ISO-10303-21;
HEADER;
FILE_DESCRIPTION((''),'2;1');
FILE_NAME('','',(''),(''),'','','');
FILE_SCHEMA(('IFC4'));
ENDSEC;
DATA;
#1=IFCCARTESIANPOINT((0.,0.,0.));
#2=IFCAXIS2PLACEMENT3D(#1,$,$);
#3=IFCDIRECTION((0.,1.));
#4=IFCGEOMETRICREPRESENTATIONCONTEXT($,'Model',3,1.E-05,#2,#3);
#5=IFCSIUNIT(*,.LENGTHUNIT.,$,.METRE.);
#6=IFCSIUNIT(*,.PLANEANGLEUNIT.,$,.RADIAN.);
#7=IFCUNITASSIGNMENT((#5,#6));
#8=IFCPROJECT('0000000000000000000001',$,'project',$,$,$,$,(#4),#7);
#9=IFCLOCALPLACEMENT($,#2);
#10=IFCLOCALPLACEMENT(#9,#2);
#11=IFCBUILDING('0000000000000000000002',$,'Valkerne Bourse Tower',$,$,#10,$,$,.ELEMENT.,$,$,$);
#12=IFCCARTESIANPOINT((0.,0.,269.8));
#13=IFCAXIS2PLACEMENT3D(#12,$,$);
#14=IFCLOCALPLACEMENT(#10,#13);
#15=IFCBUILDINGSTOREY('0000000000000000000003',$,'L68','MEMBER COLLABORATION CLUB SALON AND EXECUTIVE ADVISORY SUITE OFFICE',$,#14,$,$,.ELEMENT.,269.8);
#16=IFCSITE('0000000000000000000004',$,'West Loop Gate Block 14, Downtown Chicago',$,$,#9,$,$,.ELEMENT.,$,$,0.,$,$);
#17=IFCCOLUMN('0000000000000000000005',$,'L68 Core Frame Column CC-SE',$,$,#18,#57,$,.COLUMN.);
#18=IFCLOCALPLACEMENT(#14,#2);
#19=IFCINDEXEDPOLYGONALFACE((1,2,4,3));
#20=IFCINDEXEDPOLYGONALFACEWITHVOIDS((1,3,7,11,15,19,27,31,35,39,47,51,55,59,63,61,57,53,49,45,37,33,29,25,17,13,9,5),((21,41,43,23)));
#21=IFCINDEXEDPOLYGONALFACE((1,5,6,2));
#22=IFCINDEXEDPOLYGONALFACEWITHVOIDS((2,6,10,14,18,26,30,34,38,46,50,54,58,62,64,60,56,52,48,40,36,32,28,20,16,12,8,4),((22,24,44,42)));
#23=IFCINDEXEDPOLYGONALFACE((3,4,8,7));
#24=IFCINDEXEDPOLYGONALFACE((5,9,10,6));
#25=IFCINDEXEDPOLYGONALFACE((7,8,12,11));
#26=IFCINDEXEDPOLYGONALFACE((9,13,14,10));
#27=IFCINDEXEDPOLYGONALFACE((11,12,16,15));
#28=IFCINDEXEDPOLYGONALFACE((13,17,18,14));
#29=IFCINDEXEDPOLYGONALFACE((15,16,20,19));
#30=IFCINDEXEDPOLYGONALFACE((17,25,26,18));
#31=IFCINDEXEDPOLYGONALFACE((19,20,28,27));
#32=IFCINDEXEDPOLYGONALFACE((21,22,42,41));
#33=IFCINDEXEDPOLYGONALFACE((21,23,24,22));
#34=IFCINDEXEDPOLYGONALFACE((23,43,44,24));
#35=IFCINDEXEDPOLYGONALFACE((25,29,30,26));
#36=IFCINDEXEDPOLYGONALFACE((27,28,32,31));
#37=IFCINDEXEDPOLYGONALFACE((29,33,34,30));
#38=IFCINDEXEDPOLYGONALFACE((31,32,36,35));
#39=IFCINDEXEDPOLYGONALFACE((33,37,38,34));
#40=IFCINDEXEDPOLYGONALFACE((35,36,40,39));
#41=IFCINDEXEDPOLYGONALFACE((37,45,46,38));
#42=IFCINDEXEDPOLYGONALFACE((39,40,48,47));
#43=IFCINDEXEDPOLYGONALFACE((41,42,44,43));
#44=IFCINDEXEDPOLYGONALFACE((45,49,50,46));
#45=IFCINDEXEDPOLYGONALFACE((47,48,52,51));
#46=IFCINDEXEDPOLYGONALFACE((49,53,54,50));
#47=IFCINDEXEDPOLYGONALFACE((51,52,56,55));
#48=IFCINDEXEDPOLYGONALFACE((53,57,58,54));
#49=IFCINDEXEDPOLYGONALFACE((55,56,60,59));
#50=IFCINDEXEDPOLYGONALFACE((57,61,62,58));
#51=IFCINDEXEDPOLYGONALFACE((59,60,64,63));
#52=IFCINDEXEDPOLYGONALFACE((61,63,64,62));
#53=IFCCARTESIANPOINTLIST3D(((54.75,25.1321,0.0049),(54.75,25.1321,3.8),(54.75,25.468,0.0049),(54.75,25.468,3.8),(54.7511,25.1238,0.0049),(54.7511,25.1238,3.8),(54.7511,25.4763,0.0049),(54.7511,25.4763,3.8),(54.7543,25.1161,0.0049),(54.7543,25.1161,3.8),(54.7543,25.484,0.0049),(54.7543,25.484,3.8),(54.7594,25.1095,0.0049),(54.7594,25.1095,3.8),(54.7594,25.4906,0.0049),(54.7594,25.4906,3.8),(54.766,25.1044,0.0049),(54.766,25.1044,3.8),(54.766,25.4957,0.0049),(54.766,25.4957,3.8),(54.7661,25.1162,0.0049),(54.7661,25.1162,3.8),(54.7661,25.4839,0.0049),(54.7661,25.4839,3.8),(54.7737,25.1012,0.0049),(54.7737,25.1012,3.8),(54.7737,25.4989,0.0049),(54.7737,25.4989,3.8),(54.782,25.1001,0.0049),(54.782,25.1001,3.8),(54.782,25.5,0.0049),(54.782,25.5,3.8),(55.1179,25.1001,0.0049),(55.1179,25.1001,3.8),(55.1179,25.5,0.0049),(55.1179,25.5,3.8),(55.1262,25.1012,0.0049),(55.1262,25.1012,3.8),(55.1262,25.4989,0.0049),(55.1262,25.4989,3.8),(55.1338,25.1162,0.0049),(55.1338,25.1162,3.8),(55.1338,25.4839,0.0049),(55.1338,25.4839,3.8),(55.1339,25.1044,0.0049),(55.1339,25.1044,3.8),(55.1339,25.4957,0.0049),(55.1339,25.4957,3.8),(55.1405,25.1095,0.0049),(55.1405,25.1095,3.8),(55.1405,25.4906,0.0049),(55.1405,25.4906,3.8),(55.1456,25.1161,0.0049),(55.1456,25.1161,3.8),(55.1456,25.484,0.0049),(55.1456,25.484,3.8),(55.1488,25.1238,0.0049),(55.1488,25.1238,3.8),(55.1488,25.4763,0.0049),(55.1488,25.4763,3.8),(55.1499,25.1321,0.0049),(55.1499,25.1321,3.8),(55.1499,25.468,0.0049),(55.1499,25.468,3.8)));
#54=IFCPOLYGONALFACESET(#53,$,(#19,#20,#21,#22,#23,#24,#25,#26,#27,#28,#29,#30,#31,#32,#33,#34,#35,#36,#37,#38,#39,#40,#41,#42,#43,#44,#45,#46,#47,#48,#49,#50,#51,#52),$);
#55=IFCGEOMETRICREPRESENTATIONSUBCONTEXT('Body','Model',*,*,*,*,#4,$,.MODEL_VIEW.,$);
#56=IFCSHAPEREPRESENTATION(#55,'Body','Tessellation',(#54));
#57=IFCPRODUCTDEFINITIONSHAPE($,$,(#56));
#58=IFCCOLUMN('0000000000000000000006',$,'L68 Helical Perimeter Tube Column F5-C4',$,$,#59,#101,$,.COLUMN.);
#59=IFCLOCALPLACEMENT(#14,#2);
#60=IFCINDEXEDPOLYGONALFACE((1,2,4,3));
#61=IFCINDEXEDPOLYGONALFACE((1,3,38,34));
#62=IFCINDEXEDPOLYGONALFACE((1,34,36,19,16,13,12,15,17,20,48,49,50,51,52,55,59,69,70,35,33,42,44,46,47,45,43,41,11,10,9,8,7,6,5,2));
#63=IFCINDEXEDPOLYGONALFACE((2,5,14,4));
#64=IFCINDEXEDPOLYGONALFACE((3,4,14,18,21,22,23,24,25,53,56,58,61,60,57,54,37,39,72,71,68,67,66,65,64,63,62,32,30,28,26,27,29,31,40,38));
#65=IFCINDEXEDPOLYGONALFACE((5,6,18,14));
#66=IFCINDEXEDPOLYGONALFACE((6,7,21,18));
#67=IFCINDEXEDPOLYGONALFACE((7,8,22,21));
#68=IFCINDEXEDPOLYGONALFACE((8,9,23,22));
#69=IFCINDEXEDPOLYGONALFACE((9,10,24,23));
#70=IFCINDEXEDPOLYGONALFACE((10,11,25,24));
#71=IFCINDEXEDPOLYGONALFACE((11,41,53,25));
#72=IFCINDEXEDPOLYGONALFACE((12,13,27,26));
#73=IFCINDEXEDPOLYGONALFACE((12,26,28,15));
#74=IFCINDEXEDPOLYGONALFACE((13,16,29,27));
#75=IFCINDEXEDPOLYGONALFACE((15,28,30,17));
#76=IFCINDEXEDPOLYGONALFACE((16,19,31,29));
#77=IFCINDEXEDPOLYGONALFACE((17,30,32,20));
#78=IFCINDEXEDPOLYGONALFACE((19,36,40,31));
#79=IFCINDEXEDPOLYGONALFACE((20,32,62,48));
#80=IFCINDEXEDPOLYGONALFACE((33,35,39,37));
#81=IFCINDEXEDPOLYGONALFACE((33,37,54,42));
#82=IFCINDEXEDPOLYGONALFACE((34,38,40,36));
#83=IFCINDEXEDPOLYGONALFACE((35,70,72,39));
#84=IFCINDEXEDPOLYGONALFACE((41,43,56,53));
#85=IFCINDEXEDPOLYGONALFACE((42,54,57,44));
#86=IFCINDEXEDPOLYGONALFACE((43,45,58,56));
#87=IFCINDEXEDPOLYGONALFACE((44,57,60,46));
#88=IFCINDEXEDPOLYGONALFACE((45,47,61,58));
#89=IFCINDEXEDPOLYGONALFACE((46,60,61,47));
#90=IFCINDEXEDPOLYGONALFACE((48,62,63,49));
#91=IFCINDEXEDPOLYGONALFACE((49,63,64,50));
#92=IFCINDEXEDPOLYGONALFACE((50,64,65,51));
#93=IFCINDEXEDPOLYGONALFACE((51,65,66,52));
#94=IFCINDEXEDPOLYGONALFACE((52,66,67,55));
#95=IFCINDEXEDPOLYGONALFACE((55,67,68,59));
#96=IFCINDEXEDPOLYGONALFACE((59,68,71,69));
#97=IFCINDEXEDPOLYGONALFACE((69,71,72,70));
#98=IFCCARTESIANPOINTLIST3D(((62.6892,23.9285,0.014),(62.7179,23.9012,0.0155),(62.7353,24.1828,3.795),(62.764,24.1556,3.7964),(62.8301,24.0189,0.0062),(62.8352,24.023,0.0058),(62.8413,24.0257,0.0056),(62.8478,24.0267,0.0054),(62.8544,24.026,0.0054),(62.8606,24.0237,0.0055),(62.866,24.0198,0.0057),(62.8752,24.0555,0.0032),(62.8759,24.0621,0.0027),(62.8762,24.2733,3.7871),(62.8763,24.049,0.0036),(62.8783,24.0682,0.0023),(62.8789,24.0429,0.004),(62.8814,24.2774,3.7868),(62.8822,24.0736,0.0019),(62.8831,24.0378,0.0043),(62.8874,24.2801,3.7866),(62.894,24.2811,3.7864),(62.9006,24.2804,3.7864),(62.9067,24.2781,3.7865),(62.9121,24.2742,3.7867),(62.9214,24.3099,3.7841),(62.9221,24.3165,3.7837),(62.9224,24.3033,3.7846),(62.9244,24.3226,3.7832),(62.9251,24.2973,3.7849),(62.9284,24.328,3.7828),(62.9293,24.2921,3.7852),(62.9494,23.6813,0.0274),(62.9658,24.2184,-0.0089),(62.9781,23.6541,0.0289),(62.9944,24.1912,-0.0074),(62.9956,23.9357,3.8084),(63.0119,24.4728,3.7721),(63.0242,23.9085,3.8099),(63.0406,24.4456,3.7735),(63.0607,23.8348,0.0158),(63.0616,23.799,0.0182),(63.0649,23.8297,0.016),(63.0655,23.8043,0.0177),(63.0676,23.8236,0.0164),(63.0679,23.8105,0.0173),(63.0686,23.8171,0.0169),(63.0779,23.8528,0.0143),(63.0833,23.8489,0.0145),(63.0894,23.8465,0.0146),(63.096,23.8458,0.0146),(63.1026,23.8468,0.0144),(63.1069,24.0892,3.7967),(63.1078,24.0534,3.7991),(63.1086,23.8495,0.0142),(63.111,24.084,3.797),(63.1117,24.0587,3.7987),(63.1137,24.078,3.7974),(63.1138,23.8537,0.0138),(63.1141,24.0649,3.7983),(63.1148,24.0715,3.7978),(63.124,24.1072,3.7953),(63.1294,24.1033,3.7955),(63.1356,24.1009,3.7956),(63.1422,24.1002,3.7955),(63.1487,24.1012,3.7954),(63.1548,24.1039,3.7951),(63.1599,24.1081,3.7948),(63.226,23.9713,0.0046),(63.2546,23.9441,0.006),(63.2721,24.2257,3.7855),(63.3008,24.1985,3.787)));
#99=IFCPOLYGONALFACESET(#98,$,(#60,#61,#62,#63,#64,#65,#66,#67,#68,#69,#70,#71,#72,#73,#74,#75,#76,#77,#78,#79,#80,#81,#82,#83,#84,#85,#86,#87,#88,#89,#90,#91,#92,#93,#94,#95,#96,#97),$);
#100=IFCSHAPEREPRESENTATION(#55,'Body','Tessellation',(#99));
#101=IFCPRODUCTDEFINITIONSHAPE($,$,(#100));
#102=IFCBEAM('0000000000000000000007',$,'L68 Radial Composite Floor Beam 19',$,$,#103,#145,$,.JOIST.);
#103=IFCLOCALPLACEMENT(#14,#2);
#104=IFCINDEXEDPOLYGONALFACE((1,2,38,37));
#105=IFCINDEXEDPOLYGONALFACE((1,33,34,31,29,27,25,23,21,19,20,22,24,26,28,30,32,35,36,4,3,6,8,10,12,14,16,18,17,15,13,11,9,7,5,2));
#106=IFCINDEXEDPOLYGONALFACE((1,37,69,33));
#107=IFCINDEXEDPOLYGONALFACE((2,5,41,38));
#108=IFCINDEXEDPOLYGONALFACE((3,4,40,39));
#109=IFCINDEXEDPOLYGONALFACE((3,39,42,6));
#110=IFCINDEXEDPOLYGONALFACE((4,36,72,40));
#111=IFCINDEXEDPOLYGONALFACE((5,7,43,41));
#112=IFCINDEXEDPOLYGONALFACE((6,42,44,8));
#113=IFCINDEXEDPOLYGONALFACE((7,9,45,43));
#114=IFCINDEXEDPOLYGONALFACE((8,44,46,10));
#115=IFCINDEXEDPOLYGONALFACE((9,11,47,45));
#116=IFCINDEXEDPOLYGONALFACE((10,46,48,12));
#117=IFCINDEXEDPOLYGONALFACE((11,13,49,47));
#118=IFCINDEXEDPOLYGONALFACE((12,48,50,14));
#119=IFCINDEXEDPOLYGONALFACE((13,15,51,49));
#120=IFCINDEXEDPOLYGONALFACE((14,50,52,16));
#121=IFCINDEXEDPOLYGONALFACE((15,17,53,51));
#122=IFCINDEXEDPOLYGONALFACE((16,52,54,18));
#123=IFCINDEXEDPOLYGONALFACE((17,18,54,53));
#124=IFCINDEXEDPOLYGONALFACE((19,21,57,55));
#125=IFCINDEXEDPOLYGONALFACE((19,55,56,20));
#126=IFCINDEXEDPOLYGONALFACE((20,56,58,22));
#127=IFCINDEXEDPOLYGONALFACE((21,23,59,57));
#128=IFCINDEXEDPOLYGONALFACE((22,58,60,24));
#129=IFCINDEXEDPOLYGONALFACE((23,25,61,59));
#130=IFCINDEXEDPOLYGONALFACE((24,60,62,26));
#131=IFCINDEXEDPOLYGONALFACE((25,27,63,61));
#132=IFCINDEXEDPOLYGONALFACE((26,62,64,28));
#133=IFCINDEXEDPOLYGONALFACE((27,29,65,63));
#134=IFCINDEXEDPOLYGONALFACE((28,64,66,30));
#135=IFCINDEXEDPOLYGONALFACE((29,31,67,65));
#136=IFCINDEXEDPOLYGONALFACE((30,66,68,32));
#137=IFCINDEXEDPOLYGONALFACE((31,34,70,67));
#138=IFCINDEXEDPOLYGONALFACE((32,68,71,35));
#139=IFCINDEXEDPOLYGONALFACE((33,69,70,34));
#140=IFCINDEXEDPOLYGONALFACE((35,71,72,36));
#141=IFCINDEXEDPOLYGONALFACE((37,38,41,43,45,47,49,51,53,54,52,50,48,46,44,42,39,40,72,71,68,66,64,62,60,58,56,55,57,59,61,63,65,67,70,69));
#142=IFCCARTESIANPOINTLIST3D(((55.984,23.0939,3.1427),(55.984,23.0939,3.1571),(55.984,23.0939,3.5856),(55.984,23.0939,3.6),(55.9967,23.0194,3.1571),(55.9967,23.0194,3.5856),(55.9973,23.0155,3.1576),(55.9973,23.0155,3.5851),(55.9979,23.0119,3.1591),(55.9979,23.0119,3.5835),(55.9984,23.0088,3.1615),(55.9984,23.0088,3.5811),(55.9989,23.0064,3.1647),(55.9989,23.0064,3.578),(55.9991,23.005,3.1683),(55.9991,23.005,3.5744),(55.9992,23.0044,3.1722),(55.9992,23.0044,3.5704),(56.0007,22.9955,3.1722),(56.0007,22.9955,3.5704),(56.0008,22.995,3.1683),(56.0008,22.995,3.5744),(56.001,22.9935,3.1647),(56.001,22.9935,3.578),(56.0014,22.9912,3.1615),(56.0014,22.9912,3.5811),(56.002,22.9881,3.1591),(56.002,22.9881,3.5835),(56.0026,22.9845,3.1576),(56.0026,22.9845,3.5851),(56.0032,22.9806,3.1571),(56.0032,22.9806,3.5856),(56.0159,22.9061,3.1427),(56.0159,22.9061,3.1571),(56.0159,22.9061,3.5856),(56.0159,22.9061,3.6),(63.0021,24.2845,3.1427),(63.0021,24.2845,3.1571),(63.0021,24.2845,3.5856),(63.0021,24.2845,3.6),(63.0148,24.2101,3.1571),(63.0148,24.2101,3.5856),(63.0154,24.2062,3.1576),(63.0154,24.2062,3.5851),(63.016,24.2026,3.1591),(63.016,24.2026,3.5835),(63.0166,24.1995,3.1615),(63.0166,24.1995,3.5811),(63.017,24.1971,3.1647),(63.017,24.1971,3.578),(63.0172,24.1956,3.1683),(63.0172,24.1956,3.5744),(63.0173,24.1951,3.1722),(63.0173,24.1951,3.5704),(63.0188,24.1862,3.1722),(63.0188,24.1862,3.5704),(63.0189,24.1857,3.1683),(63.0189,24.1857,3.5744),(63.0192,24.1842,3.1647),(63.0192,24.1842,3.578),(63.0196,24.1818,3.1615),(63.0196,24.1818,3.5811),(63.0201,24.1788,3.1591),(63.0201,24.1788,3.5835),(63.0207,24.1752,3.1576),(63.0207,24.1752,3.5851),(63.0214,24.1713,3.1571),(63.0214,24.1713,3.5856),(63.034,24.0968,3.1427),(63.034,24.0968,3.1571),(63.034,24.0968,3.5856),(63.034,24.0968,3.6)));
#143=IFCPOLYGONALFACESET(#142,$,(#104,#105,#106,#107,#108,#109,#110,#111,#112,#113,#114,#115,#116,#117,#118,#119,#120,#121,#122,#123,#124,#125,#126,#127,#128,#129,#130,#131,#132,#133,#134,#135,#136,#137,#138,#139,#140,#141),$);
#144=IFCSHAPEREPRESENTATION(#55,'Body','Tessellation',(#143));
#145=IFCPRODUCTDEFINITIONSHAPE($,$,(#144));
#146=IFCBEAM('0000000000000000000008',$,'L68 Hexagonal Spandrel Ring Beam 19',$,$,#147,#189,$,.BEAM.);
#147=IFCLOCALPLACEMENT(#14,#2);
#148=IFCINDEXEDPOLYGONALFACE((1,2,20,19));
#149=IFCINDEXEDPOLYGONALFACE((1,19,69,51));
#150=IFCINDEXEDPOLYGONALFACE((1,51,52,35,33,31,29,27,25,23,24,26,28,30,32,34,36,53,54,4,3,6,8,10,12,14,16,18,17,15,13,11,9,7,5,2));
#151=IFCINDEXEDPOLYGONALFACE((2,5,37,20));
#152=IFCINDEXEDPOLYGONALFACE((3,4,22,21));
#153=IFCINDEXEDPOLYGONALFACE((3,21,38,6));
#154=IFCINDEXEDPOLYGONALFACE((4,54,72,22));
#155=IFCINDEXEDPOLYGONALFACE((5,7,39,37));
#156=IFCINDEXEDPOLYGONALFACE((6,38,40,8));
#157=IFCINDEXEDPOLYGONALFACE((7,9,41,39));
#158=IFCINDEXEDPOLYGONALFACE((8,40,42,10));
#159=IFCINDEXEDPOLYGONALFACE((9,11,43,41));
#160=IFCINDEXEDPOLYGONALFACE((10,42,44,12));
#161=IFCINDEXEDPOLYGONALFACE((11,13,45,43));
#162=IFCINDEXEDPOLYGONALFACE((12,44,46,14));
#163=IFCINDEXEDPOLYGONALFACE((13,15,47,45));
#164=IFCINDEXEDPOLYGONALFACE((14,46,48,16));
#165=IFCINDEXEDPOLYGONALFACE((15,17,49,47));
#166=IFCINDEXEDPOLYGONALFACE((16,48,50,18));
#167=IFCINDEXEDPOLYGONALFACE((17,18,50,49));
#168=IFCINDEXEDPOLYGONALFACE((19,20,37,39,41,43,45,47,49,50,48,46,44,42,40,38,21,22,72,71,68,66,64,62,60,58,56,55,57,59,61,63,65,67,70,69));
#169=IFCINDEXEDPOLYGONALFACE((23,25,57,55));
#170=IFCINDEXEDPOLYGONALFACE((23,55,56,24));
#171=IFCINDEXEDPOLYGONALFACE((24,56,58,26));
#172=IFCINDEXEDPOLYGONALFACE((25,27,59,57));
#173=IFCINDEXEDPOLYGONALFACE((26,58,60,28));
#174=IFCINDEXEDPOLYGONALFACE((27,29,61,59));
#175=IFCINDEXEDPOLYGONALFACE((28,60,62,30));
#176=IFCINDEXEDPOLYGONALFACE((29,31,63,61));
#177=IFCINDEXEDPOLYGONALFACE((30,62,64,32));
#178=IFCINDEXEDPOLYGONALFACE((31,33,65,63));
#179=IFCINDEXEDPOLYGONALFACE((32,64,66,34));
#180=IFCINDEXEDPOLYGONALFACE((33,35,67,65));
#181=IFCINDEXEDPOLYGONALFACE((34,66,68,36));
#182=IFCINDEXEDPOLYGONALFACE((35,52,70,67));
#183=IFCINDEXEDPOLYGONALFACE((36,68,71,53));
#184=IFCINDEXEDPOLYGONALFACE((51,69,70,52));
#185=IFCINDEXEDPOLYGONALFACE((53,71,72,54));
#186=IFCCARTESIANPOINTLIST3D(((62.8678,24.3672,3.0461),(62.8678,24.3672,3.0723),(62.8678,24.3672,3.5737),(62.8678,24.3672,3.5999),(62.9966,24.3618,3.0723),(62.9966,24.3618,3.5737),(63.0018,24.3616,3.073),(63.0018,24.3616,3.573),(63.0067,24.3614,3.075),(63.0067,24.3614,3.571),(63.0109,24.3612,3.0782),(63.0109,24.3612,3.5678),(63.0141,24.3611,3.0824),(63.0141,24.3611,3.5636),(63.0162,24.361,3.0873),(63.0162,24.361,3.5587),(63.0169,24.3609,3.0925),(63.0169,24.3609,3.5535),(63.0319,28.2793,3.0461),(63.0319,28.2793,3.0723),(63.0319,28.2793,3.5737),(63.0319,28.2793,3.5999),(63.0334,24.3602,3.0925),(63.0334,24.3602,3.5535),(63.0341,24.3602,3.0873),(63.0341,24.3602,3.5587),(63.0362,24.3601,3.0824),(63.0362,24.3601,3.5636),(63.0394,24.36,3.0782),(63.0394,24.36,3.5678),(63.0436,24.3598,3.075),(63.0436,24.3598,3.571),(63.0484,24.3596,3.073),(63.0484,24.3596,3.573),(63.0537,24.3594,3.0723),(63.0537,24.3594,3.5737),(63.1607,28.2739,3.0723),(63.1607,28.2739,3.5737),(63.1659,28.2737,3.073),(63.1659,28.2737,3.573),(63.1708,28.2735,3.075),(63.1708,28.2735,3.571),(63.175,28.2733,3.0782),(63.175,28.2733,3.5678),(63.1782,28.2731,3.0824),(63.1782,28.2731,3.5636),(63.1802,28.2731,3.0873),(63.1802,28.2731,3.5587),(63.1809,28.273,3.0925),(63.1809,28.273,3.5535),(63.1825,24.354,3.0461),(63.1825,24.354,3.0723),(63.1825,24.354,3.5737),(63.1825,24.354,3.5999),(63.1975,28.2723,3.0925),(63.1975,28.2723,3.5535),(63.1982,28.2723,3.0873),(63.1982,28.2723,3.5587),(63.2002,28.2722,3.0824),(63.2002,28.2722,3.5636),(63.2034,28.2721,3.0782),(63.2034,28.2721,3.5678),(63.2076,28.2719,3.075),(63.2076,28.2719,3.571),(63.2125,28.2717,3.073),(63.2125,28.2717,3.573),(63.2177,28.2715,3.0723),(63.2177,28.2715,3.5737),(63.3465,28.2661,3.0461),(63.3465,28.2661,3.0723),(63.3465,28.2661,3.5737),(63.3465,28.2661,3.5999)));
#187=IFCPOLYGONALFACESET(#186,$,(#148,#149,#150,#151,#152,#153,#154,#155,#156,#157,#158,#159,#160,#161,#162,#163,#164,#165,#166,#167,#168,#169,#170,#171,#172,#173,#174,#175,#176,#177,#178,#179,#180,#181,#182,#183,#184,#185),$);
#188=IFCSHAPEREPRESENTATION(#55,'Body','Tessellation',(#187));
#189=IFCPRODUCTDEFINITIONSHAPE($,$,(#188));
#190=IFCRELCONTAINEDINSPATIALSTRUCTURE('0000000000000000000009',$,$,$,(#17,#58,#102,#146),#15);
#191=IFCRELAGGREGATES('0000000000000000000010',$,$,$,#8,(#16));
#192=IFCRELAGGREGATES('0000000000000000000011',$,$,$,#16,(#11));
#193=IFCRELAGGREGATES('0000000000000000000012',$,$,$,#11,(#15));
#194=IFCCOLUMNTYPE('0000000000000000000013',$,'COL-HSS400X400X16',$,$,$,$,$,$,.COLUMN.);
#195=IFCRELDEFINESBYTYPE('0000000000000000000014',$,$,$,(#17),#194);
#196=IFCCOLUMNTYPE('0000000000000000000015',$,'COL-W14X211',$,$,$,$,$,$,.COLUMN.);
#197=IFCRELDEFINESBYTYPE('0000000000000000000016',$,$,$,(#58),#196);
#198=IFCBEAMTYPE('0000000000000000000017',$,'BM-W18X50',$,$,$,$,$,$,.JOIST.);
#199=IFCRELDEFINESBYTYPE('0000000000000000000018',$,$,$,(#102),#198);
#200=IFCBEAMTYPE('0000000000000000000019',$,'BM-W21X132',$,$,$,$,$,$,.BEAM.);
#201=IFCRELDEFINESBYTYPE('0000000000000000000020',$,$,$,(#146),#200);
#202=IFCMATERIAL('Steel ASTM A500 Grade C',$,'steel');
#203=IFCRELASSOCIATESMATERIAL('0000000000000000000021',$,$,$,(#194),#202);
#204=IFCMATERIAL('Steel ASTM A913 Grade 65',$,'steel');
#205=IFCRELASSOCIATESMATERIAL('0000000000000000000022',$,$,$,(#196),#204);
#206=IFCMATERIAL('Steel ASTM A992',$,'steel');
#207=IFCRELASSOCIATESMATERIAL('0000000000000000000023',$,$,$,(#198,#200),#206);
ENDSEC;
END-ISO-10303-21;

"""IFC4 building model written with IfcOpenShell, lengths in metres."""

from ifc_helpers import new_model, si_unit, direction, frame, origin, origin_2d, place, context, subcontext, project, spatial, hollow_rectangle, i_section, extrude, material, material_profile, profile_set, type_object, element, save


model = new_model("IFC4")

# Units and contexts
model_context = context("Model", 3, precision=1e-05, world=origin(), true_north=direction((0.0, 1.0)))
body_context = subcontext(model_context, "Body", "Model", "MODEL_VIEW")
ifc_project = project(units=[si_unit("LENGTHUNIT", "METRE"), si_unit("PLANEANGLEUNIT", "RADIAN")], contexts=[model_context])

# Site, building, storey
site_placement = place(None, origin())
site = spatial("IfcSite", under=ifc_project, at=site_placement, Name="West Loop Gate Block 14, Downtown Chicago", CompositionType="ELEMENT", RefElevation=0.0)
building_placement = place(site_placement, origin())
building = spatial("IfcBuilding", under=site, at=building_placement, Name="Valkerne Bourse Tower", CompositionType="ELEMENT")
storey_placement = place(building_placement, frame((0.0, 0.0, 269.8)))
storey = spatial("IfcBuildingStorey", under=building, at=storey_placement, Name="L68", Description="MEMBER COLLABORATION CLUB SALON AND EXECUTIVE ADVISORY SUITE OFFICE", CompositionType="ELEMENT", Elevation=269.8)

# Columns
ifc_material_1 = material(Name="Steel ASTM A500 Grade C", Category="steel")
ifc_material_profile_1 = material_profile(ifc_material_1, hollow_rectangle(XDim=0.3999, YDim=0.3999, WallThickness=0.0161, OuterFilletRadius=0.032, at=origin_2d()), Name="HSS400X400X16")
ifc_profile_set_1 = profile_set([ifc_material_profile_1], Name="Steel ASTM A500 Grade C")
column_type_1 = type_object("IfcColumnType", Name="COL-HSS400X400X16", PredefinedType="COLUMN", material=ifc_profile_set_1)
column_1_placement = place(storey_placement, frame((54.95, 25.3, 0.0049), z_axis=(0.0, 0.0, 1.0), x_axis=(1.0, 0.0, 0.0)))
element("IfcColumn", 1, at=column_1_placement, inside=storey, type_object=column_type_1, Name="L68 Core Frame Column CC-SE", PredefinedType="COLUMN", context=body_context, shape_type="SweptSolid", body=[
    extrude(hollow_rectangle(XDim=0.3999, YDim=0.3999, WallThickness=0.0161, OuterFilletRadius=0.032, at=origin_2d()), origin(), (0.0, 0.0, 1.0), 3.7952),
])
ifc_material_2 = material(Name="Steel ASTM A913 Grade 65", Category="steel")
ifc_material_profile_2 = material_profile(ifc_material_2, i_section(OverallWidth=0.4014, OverallDepth=0.3987, WebThickness=0.0249, FlangeThickness=0.0396, FilletRadius=0.0254, at=origin_2d()), Name="W14X211")
ifc_profile_set_2 = profile_set([ifc_material_profile_2], Name="Steel ASTM A913 Grade 65")
column_type_2 = type_object("IfcColumnType", Name="COL-W14X211", PredefinedType="COLUMN", material=ifc_profile_set_2)
column_2_placement = place(storey_placement, frame((62.9719, 23.9363, 0.01), z_axis=(0.012175, 0.067125, 0.99767), x_axis=(-0.689027, -0.722489, 0.057019)))
element("IfcColumn", 2, at=column_2_placement, inside=storey, type_object=column_type_2, Name="L68 Helical Perimeter Tube Column F5-C4", PredefinedType="COLUMN", context=body_context, shape_type="SweptSolid", body=[
    extrude(i_section(OverallWidth=0.4014, OverallDepth=0.3987, WebThickness=0.0249, FlangeThickness=0.0396, FilletRadius=0.0254, at=origin_2d()), origin(), (0.0, 0.0, 1.0), 3.7898),
])

# Beams
ifc_material_3 = material(Name="Steel ASTM A992", Category="steel")
ifc_material_profile_3 = material_profile(ifc_material_3, i_section(OverallWidth=0.1904, OverallDepth=0.4573, WebThickness=0.009, FlangeThickness=0.0144, FilletRadius=0.0151, at=origin_2d()), Name="W18X50")
ifc_profile_set_3 = profile_set([ifc_material_profile_3], Name="Steel ASTM A992")
beam_type_1 = type_object("IfcBeamType", Name="BM-W18X50", PredefinedType="JOIST", material=ifc_profile_set_3)
beam_1_placement = place(storey_placement, frame((63.0181, 24.1907, 3.3713), z_axis=(-0.985911, -0.167268, 0.0), x_axis=(0.167268, -0.985911, 0.0)))
element("IfcBeam", 3, at=beam_1_placement, inside=storey, type_object=beam_type_1, Name="L68 Radial Composite Floor Beam 19", PredefinedType="JOIST", context=body_context, shape_type="SweptSolid", body=[
    extrude(i_section(OverallWidth=0.1904, OverallDepth=0.4573, WebThickness=0.009, FlangeThickness=0.0144, FilletRadius=0.0151, at=origin_2d()), origin(), (0.0, 0.0, 1.0), 7.1184),
])
ifc_material_profile_4 = material_profile(ifc_material_3, i_section(OverallWidth=0.3149, OverallDepth=0.5537, WebThickness=0.0166, FlangeThickness=0.0261, FilletRadius=0.0203, at=origin_2d()), Name="W21X132")
ifc_profile_set_4 = profile_set([ifc_material_profile_4], Name="Steel ASTM A992")
beam_type_2 = type_object("IfcBeamType", Name="BM-W21X132", PredefinedType="BEAM", material=ifc_profile_set_4)
beam_2_placement = place(storey_placement, frame((63.0251, 24.3606, 3.323), z_axis=(0.0419, 0.999122, 0.0), x_axis=(-0.999122, 0.0419, 0.0)))
element("IfcBeam", 4, at=beam_2_placement, inside=storey, type_object=beam_type_2, Name="L68 Hexagonal Spandrel Ring Beam 19", PredefinedType="BEAM", context=body_context, shape_type="SweptSolid", body=[
    extrude(i_section(OverallWidth=0.3149, OverallDepth=0.5537, WebThickness=0.0166, FlangeThickness=0.0261, FilletRadius=0.0203, at=origin_2d()), origin(), (0.0, 0.0, 1.0), 3.9155),
])

save(model, "model.ifc")
